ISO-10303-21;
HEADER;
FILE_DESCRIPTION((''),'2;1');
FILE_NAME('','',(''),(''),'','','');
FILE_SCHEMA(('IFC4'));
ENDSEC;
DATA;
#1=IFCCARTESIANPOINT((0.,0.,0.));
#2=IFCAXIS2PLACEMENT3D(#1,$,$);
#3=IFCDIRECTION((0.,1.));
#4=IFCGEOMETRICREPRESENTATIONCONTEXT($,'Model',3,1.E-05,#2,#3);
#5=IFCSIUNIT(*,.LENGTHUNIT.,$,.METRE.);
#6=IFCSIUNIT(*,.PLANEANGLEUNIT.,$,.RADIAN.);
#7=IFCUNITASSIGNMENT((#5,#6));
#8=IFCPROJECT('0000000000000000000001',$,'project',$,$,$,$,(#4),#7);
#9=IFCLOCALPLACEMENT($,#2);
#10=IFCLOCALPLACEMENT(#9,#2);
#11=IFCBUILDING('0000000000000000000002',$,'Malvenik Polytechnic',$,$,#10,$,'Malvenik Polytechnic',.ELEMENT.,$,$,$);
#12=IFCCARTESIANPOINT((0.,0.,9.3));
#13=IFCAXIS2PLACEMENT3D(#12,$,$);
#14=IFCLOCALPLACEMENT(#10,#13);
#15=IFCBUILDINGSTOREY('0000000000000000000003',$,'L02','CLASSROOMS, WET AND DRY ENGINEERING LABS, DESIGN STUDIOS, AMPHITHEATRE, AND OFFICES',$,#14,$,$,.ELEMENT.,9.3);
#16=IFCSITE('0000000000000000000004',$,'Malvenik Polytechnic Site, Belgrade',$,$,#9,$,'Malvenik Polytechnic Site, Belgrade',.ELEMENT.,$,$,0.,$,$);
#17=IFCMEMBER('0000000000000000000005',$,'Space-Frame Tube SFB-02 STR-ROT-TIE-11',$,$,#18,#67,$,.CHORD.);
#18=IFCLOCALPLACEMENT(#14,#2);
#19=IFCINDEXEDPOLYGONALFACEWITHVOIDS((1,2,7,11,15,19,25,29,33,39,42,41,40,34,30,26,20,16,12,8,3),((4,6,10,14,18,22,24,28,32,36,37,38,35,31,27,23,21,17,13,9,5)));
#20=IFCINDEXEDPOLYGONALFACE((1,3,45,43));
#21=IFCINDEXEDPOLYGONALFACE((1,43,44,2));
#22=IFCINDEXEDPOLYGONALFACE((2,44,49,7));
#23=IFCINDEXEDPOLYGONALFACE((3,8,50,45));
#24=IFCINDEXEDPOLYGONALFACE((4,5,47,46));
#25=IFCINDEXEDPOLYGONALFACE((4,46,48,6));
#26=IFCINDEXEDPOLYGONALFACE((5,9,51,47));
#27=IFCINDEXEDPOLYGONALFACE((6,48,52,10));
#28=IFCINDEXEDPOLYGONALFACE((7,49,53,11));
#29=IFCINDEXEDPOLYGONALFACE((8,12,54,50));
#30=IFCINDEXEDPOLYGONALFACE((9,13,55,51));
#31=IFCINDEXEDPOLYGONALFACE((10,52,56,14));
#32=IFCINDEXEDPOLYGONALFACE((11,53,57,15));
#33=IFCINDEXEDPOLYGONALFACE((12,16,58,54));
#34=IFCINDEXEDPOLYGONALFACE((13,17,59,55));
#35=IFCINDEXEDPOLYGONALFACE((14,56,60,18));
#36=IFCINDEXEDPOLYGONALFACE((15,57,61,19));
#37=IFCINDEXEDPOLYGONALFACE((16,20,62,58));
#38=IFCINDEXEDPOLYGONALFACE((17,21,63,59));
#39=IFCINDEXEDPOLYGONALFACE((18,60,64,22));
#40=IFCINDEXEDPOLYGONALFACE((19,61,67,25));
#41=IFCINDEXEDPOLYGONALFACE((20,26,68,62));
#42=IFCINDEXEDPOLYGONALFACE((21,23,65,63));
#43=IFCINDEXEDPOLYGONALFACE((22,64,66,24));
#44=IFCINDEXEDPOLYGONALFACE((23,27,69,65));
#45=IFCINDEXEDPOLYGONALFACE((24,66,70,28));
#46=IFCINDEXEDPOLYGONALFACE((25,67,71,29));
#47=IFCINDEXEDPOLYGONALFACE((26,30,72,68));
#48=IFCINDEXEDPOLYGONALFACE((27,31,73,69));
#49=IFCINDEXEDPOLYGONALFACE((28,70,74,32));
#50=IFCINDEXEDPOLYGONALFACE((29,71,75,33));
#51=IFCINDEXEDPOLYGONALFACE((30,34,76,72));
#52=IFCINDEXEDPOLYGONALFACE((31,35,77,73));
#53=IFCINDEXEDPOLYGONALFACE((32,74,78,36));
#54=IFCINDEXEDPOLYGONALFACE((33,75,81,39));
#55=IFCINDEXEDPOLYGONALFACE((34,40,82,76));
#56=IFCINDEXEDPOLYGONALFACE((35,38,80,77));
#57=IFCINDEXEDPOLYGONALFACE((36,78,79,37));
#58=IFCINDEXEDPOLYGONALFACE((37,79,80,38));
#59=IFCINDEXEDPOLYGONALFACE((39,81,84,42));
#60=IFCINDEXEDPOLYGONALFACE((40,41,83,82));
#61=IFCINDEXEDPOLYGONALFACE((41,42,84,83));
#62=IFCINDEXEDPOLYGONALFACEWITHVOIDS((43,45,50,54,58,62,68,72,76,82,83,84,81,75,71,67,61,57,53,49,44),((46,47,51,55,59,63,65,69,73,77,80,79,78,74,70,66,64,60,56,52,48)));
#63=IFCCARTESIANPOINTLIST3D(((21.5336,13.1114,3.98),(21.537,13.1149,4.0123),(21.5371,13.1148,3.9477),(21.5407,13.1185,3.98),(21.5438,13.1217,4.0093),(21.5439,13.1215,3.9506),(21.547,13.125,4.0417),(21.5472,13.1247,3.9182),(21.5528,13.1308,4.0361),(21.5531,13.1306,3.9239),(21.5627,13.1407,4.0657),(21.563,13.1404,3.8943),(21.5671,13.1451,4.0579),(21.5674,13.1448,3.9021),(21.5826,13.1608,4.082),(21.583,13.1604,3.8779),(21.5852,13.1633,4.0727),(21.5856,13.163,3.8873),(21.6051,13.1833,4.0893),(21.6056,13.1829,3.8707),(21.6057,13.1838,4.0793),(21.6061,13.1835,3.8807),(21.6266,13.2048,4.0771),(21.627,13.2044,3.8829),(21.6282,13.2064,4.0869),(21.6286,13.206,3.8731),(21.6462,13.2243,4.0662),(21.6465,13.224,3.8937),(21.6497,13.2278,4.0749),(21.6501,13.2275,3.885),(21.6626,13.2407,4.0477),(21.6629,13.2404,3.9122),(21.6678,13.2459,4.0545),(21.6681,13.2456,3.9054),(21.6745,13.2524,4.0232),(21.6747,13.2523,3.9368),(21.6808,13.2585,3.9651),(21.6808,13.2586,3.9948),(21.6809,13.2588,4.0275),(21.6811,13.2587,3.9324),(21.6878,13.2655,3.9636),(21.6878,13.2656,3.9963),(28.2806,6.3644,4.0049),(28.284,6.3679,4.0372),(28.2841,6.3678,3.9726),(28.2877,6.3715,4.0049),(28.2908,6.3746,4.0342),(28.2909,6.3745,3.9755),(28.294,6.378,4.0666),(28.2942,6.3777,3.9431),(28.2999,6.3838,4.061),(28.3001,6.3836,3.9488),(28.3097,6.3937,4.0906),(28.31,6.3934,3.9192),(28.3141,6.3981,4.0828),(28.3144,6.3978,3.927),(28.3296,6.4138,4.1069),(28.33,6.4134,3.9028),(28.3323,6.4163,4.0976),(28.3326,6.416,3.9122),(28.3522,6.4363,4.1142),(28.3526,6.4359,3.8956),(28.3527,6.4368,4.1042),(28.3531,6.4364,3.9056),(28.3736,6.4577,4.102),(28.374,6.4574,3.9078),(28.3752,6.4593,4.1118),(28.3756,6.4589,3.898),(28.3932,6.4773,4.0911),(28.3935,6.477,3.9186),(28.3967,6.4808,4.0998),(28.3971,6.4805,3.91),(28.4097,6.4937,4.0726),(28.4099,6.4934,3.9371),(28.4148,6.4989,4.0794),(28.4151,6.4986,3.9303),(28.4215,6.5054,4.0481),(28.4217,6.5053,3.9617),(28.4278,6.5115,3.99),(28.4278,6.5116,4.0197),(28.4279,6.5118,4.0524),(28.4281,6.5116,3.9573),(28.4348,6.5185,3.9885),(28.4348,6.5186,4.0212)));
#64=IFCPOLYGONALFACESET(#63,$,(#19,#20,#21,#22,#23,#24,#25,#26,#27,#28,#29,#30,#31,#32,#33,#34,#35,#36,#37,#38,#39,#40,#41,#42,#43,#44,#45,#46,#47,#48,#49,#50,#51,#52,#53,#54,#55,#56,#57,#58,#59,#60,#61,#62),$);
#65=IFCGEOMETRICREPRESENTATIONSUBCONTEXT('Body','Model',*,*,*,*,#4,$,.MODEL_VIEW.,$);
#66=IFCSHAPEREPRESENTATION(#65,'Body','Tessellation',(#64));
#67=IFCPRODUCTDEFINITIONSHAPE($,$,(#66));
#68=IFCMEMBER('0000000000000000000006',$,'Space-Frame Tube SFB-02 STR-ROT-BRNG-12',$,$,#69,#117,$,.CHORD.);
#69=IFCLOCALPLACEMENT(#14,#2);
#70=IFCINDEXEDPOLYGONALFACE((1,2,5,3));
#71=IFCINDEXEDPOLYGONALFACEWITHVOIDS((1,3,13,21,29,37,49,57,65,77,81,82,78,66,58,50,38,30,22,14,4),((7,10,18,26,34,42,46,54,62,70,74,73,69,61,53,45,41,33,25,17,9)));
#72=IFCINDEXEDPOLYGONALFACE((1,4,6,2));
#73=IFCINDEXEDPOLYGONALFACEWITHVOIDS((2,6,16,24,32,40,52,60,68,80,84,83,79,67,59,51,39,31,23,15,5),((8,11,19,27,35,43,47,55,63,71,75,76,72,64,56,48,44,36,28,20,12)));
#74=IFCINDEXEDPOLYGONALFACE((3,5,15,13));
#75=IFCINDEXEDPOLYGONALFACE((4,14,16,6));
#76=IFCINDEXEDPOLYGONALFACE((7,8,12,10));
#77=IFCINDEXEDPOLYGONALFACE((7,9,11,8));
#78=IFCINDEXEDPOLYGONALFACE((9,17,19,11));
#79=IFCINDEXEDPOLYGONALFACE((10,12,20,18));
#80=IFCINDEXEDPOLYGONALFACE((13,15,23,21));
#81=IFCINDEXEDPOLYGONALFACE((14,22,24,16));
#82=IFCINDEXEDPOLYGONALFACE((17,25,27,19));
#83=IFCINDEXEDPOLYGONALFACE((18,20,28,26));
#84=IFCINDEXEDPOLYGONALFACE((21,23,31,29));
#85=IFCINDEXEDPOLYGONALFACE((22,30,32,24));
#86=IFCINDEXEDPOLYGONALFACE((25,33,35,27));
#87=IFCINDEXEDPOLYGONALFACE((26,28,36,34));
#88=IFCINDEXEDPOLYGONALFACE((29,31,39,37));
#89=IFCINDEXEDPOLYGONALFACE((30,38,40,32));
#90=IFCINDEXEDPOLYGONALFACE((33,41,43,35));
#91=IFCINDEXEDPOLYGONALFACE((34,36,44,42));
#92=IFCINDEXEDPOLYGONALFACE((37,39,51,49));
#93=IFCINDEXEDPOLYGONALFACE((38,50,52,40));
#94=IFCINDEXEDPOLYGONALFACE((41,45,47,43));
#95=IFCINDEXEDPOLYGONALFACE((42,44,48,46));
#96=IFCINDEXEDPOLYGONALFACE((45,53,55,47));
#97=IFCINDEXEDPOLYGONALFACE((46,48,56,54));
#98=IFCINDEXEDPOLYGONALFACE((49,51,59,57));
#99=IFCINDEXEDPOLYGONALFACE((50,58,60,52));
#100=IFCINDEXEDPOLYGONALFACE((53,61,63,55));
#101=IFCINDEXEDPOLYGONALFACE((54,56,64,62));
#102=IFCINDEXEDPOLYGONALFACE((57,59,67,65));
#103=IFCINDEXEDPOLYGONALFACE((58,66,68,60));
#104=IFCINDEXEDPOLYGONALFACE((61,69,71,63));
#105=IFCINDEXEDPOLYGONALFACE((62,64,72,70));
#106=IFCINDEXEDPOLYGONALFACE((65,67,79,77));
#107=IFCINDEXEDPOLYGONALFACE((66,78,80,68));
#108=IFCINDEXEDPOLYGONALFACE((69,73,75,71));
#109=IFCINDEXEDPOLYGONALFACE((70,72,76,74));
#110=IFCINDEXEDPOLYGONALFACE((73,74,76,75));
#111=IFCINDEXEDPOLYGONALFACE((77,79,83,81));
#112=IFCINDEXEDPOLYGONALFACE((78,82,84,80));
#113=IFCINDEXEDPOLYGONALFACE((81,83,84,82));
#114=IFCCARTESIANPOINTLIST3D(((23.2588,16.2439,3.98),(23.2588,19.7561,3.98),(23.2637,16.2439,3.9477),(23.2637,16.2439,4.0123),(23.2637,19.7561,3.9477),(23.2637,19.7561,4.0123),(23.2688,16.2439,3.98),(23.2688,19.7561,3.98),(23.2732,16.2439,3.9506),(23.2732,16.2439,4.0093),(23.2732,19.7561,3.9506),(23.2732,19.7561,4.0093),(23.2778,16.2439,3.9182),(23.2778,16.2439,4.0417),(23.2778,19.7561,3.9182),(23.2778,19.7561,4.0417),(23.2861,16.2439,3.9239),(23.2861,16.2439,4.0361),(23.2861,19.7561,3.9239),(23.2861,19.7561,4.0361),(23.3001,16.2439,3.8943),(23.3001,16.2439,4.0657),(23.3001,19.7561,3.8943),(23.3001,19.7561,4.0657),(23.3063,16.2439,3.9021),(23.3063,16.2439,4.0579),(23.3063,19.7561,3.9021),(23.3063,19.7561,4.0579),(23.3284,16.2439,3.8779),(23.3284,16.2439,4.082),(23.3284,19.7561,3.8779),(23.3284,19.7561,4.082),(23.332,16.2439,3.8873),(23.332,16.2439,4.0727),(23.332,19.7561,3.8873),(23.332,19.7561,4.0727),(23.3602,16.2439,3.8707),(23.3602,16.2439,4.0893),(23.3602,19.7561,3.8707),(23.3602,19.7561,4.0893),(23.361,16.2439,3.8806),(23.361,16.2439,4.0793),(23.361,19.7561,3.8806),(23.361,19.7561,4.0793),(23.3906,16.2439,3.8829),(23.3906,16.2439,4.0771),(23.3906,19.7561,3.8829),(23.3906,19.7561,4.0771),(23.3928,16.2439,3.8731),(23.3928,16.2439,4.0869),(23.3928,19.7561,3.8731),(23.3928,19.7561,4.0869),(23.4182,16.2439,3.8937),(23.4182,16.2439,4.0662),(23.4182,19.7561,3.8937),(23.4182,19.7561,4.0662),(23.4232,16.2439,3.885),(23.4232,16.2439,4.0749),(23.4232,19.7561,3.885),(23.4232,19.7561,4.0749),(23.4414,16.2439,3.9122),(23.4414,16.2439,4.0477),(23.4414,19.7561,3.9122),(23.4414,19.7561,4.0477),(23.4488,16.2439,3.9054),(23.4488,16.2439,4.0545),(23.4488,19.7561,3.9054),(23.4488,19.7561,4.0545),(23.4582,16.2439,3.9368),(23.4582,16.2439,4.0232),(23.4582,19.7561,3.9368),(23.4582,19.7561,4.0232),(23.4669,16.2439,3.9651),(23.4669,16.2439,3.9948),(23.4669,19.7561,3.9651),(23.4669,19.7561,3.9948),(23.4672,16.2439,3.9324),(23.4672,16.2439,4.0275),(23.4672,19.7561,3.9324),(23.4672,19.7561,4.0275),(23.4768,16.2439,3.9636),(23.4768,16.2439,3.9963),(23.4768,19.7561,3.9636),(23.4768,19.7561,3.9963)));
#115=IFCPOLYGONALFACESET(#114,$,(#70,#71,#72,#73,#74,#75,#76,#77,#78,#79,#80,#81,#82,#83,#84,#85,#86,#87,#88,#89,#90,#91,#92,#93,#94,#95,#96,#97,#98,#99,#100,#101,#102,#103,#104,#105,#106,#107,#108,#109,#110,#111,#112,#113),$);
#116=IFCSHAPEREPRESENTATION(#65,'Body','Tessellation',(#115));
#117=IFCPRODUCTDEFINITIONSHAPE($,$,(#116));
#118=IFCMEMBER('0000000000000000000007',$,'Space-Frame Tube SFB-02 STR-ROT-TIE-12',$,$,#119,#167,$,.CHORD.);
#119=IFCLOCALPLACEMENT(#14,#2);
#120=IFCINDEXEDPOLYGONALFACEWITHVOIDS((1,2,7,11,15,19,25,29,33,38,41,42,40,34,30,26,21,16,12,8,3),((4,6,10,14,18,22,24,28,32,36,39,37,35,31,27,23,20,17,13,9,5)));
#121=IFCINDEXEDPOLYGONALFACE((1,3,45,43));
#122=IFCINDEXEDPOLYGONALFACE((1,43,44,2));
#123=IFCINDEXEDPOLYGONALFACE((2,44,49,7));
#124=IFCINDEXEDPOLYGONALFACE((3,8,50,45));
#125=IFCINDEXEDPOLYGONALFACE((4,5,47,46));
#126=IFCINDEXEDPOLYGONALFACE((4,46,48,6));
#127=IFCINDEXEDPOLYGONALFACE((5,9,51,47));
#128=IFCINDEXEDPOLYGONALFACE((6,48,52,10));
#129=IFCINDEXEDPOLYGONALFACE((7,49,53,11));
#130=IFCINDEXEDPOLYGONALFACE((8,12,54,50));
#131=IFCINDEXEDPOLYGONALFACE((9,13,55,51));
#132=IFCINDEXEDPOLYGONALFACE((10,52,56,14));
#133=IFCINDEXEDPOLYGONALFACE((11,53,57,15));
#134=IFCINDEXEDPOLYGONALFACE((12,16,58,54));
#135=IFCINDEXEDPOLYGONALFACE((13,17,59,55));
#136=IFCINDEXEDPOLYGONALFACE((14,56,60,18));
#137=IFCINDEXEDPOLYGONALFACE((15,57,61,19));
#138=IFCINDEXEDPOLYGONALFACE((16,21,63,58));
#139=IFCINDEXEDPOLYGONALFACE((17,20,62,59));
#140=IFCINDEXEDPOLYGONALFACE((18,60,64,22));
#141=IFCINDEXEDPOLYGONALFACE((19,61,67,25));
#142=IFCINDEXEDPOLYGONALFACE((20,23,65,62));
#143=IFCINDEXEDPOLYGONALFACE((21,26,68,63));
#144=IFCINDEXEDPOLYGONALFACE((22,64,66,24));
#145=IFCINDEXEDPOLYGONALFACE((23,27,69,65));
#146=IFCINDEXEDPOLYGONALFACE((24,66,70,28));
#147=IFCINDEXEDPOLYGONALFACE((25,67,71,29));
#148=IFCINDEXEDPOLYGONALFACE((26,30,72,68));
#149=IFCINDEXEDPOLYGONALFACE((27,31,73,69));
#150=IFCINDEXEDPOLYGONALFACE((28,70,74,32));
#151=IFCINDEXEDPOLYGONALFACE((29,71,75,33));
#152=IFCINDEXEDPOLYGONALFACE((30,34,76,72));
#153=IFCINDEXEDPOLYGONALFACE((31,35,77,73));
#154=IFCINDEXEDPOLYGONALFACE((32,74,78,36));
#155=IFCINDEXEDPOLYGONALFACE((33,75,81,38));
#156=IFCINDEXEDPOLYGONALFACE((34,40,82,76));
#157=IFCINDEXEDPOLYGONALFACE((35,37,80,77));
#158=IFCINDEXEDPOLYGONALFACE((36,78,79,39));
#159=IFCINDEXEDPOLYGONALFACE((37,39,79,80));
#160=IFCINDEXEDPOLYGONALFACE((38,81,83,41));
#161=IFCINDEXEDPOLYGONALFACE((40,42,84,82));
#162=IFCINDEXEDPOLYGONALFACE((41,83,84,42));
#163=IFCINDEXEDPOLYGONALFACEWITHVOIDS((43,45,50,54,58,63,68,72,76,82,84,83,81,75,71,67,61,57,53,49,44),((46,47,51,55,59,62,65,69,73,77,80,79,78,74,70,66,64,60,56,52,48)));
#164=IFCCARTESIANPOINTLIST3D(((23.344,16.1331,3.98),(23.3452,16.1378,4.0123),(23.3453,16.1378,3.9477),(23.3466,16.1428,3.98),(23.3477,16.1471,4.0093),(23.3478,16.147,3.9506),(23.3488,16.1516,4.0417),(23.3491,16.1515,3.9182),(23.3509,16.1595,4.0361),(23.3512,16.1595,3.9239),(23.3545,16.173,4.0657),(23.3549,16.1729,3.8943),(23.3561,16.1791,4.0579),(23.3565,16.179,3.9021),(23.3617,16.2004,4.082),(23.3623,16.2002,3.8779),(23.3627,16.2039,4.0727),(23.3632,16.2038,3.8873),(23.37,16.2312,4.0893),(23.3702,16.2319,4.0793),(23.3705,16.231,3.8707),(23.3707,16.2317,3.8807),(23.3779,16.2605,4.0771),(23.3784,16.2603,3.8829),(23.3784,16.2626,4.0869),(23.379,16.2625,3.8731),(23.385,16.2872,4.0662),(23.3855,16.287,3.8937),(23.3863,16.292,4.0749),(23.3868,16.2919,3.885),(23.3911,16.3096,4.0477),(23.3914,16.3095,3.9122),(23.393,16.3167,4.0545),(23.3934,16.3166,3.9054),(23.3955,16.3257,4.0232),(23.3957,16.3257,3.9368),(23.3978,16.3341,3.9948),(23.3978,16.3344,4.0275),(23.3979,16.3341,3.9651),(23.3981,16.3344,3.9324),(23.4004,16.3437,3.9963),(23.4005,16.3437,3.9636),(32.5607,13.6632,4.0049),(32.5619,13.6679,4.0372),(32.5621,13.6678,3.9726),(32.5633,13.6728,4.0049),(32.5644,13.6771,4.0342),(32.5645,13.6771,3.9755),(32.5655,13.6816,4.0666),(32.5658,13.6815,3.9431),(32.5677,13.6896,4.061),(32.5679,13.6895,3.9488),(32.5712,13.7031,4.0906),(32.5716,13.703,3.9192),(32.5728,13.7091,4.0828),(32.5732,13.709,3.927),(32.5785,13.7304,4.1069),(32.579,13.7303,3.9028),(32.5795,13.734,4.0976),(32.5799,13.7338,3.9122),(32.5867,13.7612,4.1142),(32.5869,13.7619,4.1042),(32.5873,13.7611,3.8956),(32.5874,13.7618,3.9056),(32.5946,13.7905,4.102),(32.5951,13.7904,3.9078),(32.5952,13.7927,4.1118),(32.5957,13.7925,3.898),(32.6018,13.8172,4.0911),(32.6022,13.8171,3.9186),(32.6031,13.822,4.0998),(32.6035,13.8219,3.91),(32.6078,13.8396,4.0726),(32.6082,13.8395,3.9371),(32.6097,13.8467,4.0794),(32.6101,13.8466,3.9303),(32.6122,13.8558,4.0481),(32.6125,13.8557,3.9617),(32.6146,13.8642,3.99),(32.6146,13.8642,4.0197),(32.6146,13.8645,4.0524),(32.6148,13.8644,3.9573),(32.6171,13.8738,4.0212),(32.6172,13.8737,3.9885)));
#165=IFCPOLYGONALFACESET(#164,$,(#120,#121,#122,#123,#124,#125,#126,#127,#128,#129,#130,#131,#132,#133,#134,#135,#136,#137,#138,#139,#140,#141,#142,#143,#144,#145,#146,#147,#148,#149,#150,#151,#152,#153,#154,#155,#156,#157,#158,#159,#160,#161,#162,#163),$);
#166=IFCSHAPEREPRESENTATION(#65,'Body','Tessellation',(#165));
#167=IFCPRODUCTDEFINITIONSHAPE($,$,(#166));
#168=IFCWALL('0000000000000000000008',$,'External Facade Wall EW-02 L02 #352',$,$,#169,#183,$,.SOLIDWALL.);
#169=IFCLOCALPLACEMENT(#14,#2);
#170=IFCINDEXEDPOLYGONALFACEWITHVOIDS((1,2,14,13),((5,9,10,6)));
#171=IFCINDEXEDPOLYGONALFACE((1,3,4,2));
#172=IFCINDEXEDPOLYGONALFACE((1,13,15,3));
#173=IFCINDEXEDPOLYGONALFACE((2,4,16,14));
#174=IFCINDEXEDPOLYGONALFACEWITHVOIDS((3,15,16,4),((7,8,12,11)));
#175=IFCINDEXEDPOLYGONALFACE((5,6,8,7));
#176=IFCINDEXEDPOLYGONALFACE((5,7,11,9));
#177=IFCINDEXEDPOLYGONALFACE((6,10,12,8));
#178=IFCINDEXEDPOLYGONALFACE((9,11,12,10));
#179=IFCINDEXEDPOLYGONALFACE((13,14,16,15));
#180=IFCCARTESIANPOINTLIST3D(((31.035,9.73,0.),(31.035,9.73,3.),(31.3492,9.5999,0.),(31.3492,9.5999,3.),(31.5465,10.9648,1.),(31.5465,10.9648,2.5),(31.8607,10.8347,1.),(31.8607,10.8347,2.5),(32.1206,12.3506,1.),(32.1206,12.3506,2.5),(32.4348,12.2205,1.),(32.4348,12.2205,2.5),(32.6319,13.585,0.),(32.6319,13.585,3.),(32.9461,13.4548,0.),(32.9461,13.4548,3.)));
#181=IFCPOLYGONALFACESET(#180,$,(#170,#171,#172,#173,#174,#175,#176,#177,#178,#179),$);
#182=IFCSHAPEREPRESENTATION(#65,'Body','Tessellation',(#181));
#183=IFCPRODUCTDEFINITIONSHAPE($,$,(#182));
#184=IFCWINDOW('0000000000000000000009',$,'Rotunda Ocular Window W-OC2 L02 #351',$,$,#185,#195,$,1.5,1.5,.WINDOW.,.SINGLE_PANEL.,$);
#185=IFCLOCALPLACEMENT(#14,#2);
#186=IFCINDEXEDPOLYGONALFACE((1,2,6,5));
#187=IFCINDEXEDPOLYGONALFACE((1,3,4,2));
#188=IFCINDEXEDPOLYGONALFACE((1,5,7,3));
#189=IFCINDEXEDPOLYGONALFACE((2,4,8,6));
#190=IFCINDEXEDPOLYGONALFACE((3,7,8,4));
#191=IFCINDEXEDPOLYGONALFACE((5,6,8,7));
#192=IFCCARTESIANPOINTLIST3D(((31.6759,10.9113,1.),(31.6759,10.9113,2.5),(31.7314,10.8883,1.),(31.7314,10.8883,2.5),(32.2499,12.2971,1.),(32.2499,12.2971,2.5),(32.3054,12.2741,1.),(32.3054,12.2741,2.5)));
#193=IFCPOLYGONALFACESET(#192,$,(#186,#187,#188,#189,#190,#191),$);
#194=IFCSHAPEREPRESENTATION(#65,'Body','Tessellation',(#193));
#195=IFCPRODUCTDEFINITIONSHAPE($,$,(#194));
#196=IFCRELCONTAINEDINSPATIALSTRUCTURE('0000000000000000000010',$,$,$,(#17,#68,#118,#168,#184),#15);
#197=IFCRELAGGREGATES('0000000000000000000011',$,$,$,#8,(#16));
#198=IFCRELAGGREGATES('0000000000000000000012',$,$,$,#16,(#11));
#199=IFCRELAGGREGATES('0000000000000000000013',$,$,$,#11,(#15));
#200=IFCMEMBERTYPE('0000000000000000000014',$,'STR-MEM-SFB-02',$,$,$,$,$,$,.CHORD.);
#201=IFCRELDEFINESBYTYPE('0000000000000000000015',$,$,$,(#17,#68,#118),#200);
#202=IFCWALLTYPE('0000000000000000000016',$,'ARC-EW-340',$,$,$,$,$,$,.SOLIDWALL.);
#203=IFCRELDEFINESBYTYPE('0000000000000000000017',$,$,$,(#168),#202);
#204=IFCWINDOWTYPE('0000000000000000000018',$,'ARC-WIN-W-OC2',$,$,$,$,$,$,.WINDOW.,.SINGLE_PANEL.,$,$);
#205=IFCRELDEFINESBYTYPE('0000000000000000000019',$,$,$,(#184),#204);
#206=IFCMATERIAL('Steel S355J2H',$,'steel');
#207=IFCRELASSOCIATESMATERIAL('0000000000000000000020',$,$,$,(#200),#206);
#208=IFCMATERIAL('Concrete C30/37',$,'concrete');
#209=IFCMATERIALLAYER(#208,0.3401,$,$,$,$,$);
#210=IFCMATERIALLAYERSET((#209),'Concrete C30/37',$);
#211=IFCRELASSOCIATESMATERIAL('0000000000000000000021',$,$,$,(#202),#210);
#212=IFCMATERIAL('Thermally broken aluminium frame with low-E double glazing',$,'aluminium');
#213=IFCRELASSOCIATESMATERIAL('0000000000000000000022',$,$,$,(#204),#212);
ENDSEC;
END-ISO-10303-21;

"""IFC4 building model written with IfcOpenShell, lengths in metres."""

from ifc_helpers import new_model, si_unit, direction, frame, frame_2d, origin, origin_2d, place, context, subcontext, project, spatial, rectangle, hollow_circle, extrude, material, layer, layer_set, material_profile, profile_set, type_object, element, fill, save


model = new_model("IFC4")

# Units and contexts
model_context = context("Model", 3, precision=1e-05, world=origin(), true_north=direction((0.0, 1.0)))
body_context = subcontext(model_context, "Body", "Model", "MODEL_VIEW")
ifc_project = project(units=[si_unit("LENGTHUNIT", "METRE"), si_unit("PLANEANGLEUNIT", "RADIAN")], contexts=[model_context])

# Site, building, storey
site_placement = place(None, origin())
site = spatial("IfcSite", under=ifc_project, at=site_placement, Name="Malvenik Polytechnic Site, Belgrade", LongName="Malvenik Polytechnic Site, Belgrade", CompositionType="ELEMENT", RefElevation=0.0)
building_placement = place(site_placement, origin())
building = spatial("IfcBuilding", under=site, at=building_placement, Name="Malvenik Polytechnic", LongName="Malvenik Polytechnic", CompositionType="ELEMENT")
storey_placement = place(building_placement, frame((0.0, 0.0, 9.3)))
storey = spatial("IfcBuildingStorey", under=building, at=storey_placement, Name="L02", Description="CLASSROOMS, WET AND DRY ENGINEERING LABS, DESIGN STUDIOS, AMPHITHEATRE, AND OFFICES", CompositionType="ELEMENT", Elevation=9.3)

# Shared definitions
ifc_material_1 = material(Name="Concrete C30/37", Category="concrete")

# Members
ifc_material_2 = material(Name="Steel S355J2H", Category="steel")
ifc_material_profile_1 = material_profile(ifc_material_2, hollow_circle(Radius=0.1096, WallThickness=0.01, at=origin_2d()), Name="CHS 219.1x10.0")
ifc_profile_set_1 = profile_set([ifc_material_profile_1], Name="Steel S355J2H")
member_type = type_object("IfcMemberType", Name="STR-MEM-SFB-02", PredefinedType="CHORD", material=ifc_profile_set_1)
member_1_placement = place(storey_placement, frame((28.3582, 6.4419, 4.0049), z_axis=(-0.707104, 0.707104, -0.00261), x_axis=(-0.707107, -0.707107, 0.0)))
element("IfcMember", 1, at=member_1_placement, inside=storey, type_object=member_type, Name="Space-Frame Tube SFB-02 STR-ROT-TIE-11", PredefinedType="CHORD", context=body_context, shape_type="SweptSolid", body=[
    extrude(hollow_circle(Radius=0.1096, WallThickness=0.01, at=origin_2d()), origin(), (0.0, 0.0, 1.0), 9.5417),
])
member_2_placement = place(storey_placement, frame((23.3684, 16.2439, 3.98), z_axis=(0.0, 1.0, 0.0), x_axis=(-1.0, 0.0, 0.0)))
element("IfcMember", 2, at=member_2_placement, inside=storey, type_object=member_type, Name="Space-Frame Tube SFB-02 STR-ROT-BRNG-12", PredefinedType="CHORD", context=body_context, shape_type="SweptSolid", body=[
    extrude(hollow_circle(Radius=0.1096, WallThickness=0.01, at=origin_2d()), origin(), (0.0, 0.0, 1.0), 3.5122),
])
member_3_placement = place(storey_placement, frame((32.5891, 13.769, 4.0049), z_axis=(-0.965914, 0.258851, -0.00261), x_axis=(-0.258852, -0.965917, 0.0)))
element("IfcMember", 3, at=member_3_placement, inside=storey, type_object=member_type, Name="Space-Frame Tube SFB-02 STR-ROT-TIE-12", PredefinedType="CHORD", context=body_context, shape_type="SweptSolid", body=[
    extrude(hollow_circle(Radius=0.1096, WallThickness=0.01, at=origin_2d()), origin(), (0.0, 0.0, 1.0), 9.542),
])

# Wall, opening, window
ifc_layer_1 = layer(ifc_material_1, 0.3401)
ifc_layer_set_1 = layer_set([ifc_layer_1], Name="Concrete C30/37")
wall_type_1 = type_object("IfcWallType", Name="ARC-EW-340", PredefinedType="SOLIDWALL", material=ifc_layer_set_1)
wall_1_placement = place(storey_placement, frame((32.7891, 13.52, 0.0), z_axis=(0.0, 0.0, 1.0), x_axis=(-0.382712, -0.923868, 0.0)))
wall_1 = element("IfcWall", 4, at=wall_1_placement, inside=storey, type_object=wall_type_1, Name="External Facade Wall EW-02 L02 #352", PredefinedType="SOLIDWALL", context=body_context, shape_type="SweptSolid", body=[
    extrude(rectangle(XDim=4.1726, YDim=0.3401, at=frame_2d((2.0864, 0.0))), origin(), (0.0, 0.0, 1.0), 3.0),
])
opening_1_placement = place(wall_1_placement, frame((1.3362, 0.0, 1.0)))
opening_1 = element("IfcOpeningElement", 5, at=opening_1_placement, cuts=wall_1, PredefinedType="OPENING", context=body_context, shape_type="SweptSolid", body=[
    extrude(rectangle(XDim=1.5, YDim=1.5, at=frame_2d((0.75, 0.75))), frame((0.0, 0.1802, 0.0), z_axis=(0.0, -1.0, 0.0), x_axis=(1.0, 0.0, 0.0)), (0.0, 0.0, 1.0), 0.3601),
])
ifc_material_3 = material(Name="Thermally broken aluminium frame with low-E double glazing", Category="aluminium")
window_type = type_object("IfcWindowType", Name="ARC-WIN-W-OC2", PartitioningType="SINGLE_PANEL", PredefinedType="WINDOW", material=ifc_material_3)
window_1_placement = place(opening_1_placement, origin())
window_1 = element("IfcWindow", 6, at=window_1_placement, inside=storey, type_object=window_type, Name="Rotunda Ocular Window W-OC2 L02 #351", OverallHeight=1.5, OverallWidth=1.5, PartitioningType="SINGLE_PANEL", PredefinedType="WINDOW", context=body_context, shape_type="SweptSolid", body=[
    extrude(rectangle(XDim=1.5, YDim=1.5, at=frame_2d((0.75, 0.75))), frame((0.0, 0.03, 0.0), z_axis=(0.0, -1.0, 0.0), x_axis=(1.0, 0.0, 0.0)), (0.0, 0.0, 1.0), 0.0601),
])
fill(opening_1, window_1)

save(model, "model.ifc")
